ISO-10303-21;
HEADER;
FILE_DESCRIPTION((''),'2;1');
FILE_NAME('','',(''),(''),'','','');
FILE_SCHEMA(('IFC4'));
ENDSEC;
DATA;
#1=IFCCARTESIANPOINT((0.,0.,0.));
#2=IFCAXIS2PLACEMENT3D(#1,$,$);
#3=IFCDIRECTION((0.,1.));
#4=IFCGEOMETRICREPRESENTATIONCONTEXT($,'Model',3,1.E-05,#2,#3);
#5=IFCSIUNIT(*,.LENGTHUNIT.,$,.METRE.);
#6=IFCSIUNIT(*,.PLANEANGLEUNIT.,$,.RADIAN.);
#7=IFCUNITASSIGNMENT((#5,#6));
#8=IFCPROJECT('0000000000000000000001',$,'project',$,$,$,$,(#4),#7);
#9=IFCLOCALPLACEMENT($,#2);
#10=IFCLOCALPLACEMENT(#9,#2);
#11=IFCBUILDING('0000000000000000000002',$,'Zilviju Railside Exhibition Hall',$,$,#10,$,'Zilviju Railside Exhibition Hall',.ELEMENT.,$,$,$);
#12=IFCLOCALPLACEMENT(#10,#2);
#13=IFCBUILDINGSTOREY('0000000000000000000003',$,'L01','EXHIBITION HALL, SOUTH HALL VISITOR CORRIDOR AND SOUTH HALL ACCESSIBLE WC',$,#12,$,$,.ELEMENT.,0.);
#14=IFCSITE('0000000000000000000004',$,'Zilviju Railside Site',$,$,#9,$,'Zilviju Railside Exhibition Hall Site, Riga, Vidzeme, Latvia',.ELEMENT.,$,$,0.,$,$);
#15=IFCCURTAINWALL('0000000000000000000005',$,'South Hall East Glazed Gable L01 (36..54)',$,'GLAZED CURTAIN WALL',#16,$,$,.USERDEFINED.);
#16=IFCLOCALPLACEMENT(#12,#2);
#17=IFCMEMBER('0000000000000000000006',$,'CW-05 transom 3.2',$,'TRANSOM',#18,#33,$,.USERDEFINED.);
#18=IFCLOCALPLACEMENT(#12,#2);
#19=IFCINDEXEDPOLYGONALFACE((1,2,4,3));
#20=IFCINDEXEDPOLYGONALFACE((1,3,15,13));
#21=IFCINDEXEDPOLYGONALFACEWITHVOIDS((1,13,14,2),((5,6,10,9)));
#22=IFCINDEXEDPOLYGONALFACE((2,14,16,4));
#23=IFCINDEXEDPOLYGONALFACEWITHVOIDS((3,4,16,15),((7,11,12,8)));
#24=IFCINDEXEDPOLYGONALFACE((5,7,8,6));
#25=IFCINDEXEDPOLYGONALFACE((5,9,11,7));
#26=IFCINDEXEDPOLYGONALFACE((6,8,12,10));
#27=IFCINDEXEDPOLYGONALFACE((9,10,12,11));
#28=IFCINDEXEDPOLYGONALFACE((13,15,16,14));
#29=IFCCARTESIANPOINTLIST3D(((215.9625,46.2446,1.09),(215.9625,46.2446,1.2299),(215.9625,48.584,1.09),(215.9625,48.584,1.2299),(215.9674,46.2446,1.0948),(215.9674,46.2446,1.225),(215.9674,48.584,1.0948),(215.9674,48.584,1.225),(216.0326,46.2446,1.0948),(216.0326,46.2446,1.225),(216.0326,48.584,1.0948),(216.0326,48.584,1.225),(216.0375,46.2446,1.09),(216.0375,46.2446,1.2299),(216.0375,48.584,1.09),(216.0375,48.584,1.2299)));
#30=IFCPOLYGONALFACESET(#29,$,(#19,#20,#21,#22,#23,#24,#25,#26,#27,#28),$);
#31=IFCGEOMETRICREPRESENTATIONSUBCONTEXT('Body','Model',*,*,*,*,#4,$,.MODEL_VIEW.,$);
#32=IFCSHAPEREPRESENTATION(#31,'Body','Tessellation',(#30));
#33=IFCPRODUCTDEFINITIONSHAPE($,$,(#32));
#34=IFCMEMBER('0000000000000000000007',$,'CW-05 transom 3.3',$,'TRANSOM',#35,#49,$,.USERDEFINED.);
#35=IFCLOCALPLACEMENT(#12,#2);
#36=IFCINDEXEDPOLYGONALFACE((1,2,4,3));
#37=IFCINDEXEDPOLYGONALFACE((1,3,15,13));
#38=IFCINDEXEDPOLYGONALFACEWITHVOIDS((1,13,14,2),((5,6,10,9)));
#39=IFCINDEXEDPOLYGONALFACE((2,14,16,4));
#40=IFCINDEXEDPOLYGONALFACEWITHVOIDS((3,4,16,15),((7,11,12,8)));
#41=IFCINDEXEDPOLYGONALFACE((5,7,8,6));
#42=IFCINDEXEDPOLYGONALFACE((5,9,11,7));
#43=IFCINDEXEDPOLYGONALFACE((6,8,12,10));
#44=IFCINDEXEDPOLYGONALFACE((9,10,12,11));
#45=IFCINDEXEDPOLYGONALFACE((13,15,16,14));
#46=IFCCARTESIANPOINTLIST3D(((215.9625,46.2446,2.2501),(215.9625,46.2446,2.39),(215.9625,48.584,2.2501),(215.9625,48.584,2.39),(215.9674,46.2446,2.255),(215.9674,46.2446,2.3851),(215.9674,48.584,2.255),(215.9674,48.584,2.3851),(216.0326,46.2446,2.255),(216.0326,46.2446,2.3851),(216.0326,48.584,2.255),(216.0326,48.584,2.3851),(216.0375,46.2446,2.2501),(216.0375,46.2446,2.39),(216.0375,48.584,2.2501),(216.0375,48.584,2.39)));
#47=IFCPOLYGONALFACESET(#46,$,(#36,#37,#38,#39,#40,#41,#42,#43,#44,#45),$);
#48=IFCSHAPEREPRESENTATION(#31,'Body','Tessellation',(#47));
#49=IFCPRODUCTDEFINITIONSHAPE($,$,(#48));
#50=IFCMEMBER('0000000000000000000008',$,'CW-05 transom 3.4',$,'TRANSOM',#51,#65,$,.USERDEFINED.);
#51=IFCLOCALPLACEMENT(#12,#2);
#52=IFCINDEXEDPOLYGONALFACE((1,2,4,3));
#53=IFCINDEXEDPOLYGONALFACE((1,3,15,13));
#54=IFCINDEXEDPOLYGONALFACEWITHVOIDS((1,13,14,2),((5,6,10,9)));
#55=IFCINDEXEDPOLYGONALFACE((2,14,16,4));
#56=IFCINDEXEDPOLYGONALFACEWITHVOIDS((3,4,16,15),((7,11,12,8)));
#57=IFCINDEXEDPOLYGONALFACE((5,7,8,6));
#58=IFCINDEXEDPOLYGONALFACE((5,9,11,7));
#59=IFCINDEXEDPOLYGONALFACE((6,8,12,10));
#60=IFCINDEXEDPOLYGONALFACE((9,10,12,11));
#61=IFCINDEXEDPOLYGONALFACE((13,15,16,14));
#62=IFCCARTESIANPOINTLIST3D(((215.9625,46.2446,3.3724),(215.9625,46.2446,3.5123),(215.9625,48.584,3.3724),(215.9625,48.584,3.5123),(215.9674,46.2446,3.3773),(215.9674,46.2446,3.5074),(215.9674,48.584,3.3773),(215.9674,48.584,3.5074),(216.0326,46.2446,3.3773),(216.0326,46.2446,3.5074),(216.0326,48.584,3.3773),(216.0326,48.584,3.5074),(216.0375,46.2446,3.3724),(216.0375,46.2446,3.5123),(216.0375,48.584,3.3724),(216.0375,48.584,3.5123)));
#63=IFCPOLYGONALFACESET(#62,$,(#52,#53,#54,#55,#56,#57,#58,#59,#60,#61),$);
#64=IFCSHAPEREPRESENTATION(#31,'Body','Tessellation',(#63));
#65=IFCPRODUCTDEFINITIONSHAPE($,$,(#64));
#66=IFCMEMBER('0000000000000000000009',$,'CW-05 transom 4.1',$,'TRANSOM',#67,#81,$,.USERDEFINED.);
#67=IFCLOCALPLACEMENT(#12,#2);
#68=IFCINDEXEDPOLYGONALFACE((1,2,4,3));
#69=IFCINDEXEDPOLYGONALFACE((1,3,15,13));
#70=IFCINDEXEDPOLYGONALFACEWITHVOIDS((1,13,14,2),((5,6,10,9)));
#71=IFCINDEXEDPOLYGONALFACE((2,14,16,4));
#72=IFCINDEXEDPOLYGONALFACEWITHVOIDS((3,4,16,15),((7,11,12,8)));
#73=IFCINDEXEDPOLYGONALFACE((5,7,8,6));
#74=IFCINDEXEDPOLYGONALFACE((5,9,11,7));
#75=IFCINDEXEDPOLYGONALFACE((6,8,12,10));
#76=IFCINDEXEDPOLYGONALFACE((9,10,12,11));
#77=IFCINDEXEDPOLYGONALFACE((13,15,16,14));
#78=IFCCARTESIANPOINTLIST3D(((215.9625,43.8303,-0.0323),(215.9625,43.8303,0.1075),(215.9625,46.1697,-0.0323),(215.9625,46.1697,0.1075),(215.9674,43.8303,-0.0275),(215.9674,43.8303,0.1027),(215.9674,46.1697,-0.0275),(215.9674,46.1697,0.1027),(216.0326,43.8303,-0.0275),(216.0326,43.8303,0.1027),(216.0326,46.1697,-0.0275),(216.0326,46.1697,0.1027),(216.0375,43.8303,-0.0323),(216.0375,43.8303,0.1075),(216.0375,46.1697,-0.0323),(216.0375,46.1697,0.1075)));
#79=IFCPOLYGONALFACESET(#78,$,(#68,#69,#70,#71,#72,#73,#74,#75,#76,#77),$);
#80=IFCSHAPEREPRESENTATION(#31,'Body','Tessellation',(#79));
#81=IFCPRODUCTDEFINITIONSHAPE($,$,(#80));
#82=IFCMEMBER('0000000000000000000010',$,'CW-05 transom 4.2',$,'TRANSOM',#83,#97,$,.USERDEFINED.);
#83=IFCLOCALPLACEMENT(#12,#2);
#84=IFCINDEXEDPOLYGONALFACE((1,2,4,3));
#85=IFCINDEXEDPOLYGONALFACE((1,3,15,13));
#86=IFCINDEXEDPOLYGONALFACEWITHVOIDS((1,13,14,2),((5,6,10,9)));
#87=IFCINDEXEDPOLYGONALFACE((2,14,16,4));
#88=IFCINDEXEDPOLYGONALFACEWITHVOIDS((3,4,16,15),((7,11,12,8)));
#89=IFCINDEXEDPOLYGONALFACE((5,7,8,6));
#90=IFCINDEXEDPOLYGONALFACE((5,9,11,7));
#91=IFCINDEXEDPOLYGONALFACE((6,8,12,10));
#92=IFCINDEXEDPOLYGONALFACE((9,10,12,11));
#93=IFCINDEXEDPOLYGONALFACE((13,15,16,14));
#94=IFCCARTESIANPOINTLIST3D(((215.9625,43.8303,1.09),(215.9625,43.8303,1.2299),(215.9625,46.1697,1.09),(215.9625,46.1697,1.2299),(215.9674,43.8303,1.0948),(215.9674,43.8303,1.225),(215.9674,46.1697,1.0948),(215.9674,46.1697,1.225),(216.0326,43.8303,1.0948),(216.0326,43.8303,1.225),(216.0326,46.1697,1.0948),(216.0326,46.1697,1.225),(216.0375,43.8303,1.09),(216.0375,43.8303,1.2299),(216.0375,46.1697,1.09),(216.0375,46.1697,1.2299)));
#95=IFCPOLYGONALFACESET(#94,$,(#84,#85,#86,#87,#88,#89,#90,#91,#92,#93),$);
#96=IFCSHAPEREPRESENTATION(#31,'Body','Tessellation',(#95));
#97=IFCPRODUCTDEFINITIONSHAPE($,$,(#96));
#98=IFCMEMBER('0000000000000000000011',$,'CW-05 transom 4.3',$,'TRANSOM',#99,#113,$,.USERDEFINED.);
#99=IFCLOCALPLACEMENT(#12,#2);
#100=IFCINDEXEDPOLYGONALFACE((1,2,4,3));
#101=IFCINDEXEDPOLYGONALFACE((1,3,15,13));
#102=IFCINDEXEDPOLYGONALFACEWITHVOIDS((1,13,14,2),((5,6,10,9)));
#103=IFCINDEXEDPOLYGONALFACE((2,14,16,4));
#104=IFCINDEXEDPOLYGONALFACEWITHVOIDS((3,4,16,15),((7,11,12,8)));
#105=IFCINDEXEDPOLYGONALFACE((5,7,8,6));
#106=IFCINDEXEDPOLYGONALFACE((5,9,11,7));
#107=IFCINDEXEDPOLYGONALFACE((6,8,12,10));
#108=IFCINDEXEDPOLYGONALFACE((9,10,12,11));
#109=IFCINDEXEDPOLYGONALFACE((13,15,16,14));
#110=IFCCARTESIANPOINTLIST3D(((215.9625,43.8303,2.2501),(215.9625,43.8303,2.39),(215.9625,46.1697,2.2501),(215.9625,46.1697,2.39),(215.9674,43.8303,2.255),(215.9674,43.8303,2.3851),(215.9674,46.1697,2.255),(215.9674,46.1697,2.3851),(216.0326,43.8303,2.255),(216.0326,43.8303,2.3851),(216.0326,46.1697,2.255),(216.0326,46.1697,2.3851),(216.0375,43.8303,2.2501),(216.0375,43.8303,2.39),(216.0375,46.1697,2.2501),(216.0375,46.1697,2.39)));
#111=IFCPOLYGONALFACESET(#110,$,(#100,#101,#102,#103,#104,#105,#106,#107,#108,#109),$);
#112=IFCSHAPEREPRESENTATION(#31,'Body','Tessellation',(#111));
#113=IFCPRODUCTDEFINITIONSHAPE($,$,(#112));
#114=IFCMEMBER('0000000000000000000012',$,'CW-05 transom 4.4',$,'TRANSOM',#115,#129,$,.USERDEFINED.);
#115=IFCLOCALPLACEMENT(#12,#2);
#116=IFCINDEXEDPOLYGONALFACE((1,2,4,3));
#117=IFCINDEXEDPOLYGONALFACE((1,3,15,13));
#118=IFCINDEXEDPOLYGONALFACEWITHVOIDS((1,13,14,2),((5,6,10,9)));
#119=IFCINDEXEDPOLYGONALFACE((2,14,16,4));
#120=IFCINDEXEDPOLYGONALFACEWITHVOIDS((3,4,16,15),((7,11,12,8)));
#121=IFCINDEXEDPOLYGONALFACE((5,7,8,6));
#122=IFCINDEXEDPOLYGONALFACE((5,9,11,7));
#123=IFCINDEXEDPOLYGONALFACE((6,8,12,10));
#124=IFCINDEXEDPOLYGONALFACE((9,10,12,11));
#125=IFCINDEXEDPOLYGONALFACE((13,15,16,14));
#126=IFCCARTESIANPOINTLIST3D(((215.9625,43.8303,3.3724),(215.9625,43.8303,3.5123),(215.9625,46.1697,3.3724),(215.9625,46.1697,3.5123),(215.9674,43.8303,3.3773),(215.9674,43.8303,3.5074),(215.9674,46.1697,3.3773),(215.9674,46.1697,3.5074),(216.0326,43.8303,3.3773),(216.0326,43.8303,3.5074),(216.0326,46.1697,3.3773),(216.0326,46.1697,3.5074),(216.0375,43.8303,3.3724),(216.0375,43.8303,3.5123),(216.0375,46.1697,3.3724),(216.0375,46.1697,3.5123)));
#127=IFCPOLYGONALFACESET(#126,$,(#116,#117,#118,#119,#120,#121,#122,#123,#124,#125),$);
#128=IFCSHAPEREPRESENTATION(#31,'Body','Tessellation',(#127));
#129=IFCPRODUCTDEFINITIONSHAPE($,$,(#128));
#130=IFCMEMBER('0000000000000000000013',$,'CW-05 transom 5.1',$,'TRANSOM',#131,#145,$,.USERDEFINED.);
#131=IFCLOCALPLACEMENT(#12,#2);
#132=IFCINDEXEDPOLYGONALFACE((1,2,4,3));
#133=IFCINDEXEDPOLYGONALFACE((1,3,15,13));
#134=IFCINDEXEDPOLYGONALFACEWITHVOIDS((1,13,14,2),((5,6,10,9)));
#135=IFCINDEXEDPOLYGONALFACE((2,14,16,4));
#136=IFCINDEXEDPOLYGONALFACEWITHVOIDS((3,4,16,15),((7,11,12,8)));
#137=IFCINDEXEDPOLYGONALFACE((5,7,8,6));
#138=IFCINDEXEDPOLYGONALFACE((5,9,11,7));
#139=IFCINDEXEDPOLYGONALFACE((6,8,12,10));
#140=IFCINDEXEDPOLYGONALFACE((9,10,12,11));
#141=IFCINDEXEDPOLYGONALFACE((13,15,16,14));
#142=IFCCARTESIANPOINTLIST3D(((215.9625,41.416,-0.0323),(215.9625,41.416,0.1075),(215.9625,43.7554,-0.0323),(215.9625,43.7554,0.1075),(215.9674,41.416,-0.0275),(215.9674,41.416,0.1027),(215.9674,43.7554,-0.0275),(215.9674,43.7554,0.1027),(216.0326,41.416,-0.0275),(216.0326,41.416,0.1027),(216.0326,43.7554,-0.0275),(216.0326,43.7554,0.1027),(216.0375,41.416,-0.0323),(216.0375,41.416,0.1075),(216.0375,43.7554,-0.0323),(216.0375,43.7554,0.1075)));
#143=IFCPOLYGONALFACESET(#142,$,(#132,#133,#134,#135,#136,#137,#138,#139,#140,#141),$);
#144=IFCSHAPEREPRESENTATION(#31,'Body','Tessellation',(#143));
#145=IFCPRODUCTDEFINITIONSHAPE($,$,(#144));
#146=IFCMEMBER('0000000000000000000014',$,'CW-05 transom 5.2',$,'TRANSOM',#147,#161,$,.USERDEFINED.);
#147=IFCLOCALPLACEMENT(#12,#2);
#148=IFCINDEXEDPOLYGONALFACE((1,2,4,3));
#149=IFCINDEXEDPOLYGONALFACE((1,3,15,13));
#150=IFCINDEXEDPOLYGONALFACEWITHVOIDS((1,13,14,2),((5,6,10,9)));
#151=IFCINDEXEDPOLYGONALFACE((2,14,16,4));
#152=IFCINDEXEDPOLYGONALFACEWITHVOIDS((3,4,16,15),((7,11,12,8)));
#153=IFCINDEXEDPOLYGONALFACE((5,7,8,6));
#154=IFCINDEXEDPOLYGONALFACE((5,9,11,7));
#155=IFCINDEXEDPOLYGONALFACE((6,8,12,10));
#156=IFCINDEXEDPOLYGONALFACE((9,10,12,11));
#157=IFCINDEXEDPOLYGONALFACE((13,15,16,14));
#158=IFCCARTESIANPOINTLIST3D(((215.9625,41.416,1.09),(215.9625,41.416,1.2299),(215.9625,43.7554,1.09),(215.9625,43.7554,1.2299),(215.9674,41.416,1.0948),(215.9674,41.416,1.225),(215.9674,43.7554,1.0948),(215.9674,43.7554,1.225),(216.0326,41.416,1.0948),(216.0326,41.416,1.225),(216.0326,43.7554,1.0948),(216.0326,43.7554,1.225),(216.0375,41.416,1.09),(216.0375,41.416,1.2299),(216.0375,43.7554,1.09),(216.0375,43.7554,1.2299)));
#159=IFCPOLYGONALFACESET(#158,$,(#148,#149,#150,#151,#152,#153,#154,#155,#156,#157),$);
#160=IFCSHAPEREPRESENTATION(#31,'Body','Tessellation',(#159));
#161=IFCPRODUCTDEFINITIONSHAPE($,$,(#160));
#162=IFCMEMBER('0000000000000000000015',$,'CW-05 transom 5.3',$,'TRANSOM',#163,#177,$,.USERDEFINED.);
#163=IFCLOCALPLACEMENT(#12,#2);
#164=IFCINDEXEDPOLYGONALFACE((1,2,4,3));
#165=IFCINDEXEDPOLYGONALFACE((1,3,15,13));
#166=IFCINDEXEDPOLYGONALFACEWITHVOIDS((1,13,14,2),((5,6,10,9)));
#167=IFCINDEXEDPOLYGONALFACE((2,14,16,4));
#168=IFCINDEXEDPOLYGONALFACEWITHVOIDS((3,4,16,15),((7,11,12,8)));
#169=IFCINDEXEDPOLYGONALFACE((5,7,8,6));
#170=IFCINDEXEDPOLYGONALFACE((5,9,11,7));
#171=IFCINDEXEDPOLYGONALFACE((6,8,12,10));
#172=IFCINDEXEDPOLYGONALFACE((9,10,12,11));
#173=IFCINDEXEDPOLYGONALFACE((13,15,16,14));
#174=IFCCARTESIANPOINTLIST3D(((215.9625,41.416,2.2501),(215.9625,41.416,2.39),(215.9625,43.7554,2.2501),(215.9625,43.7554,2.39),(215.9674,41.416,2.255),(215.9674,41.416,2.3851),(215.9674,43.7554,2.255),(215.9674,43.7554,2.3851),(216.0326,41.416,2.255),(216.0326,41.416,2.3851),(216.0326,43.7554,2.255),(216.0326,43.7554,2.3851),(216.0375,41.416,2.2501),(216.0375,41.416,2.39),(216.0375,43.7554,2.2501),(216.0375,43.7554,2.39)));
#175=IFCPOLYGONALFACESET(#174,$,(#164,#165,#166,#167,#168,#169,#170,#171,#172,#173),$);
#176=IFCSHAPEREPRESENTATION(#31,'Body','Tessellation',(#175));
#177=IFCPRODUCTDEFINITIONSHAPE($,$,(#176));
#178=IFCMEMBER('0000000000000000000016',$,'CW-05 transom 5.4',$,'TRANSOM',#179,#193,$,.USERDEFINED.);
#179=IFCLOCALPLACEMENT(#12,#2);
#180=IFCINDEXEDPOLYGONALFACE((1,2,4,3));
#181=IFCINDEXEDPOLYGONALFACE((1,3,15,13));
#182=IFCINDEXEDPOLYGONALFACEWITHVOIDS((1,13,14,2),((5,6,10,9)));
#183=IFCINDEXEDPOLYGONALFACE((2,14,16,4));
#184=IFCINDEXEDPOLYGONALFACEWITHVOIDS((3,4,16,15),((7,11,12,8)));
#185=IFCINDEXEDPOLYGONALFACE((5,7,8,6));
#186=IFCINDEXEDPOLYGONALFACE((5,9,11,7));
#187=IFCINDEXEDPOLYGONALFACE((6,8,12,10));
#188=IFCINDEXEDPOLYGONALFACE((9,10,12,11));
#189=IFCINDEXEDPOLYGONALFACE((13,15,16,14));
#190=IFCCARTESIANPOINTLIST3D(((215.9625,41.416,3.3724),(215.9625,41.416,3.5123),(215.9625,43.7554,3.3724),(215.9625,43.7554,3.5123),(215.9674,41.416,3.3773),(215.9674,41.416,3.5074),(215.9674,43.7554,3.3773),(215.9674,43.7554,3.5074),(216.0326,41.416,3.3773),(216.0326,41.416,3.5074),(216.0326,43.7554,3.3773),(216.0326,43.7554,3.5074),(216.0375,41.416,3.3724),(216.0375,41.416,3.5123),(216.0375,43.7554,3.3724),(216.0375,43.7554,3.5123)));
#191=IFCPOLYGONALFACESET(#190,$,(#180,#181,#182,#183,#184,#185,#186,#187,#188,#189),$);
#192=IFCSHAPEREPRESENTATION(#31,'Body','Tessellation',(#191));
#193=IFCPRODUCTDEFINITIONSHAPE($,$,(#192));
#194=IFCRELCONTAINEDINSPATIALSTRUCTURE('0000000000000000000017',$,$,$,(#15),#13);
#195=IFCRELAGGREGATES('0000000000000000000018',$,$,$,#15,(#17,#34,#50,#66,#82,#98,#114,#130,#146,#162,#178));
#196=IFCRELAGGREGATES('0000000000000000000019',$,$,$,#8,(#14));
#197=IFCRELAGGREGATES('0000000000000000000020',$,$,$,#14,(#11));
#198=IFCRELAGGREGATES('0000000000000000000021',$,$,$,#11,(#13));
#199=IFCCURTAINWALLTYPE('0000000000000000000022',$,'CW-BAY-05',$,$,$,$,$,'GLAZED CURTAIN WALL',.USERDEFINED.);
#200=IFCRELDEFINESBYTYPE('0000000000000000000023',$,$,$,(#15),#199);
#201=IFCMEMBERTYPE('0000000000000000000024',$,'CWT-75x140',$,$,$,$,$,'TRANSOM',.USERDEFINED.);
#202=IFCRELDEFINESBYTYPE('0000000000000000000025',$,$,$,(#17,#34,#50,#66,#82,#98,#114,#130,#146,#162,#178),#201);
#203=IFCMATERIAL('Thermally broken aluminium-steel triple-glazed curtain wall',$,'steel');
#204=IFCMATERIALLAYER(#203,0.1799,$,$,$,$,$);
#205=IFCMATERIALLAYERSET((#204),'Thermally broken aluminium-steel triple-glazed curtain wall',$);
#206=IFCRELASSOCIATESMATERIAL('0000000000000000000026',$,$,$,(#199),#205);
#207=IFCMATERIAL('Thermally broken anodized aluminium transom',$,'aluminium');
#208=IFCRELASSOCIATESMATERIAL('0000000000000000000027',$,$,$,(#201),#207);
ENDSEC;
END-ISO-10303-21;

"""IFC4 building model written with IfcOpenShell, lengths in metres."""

from ifc_helpers import new_model, si_unit, direction, frame, origin, origin_2d, place, context, subcontext, project, spatial, hollow_rectangle, extrude, material, layer, layer_set, material_profile, profile_set, type_object, element, aggregate, save


model = new_model("IFC4")

# Units and contexts
model_context = context("Model", 3, precision=1e-05, world=origin(), true_north=direction((0.0, 1.0)))
body_context = subcontext(model_context, "Body", "Model", "MODEL_VIEW")
ifc_project = project(units=[si_unit("LENGTHUNIT", "METRE"), si_unit("PLANEANGLEUNIT", "RADIAN")], contexts=[model_context])

# Site, building, storey
site_placement = place(None, origin())
site = spatial("IfcSite", under=ifc_project, at=site_placement, Name="Zilviju Railside Site", LongName="Zilviju Railside Exhibition Hall Site, Riga, Vidzeme, Latvia", CompositionType="ELEMENT", RefElevation=0.0)
building_placement = place(site_placement, origin())
building = spatial("IfcBuilding", under=site, at=building_placement, Name="Zilviju Railside Exhibition Hall", LongName="Zilviju Railside Exhibition Hall", CompositionType="ELEMENT")
storey_placement = place(building_placement, origin())
storey = spatial("IfcBuildingStorey", under=building, at=storey_placement, Name="L01", Description="EXHIBITION HALL, SOUTH HALL VISITOR CORRIDOR AND SOUTH HALL ACCESSIBLE WC", CompositionType="ELEMENT", Elevation=0.0)

# Curtain wall, members
ifc_material_1 = material(Name="Thermally broken aluminium-steel triple-glazed curtain wall", Category="steel")
ifc_layer_1 = layer(ifc_material_1, 0.1799)
ifc_layer_set_1 = layer_set([ifc_layer_1], Name="Thermally broken aluminium-steel triple-glazed curtain wall")
curtain_wall_type = type_object("IfcCurtainWallType", Name="CW-BAY-05", ElementType="GLAZED CURTAIN WALL", PredefinedType="USERDEFINED", material=ifc_layer_set_1)
curtain_wall_placement = place(storey_placement, origin())
curtain_wall = element("IfcCurtainWall", 1, at=curtain_wall_placement, inside=storey, type_object=curtain_wall_type, Name="South Hall East Glazed Gable L01 (36..54)", ObjectType="GLAZED CURTAIN WALL", PredefinedType="USERDEFINED")
ifc_material_2 = material(Name="Thermally broken anodized aluminium transom", Category="aluminium")
ifc_material_profile_1 = material_profile(ifc_material_2, hollow_rectangle(XDim=0.075, YDim=0.1399, WallThickness=0.0049, at=origin_2d()), Name="TRANSOM 140x75x5")
ifc_profile_set_1 = profile_set([ifc_material_profile_1], Name="Thermally broken anodized aluminium transom")
member_type_1 = type_object("IfcMemberType", Name="CWT-75x140", ElementType="TRANSOM", PredefinedType="USERDEFINED", material=ifc_profile_set_1)
member_1_placement = place(storey_placement, frame((216.0, 48.584, 1.1599), z_axis=(0.0, -1.0, 0.0), x_axis=(1.0, 0.0, 0.0)))
member_1 = element("IfcMember", 2, at=member_1_placement, type_object=member_type_1, Name="CW-05 transom 3.2", ObjectType="TRANSOM", PredefinedType="USERDEFINED", context=body_context, shape_type="SweptSolid", body=[
    extrude(hollow_rectangle(XDim=0.075, YDim=0.1399, WallThickness=0.0049, at=origin_2d()), origin(), (0.0, 0.0, 1.0), 2.3394),
])
member_2_placement = place(storey_placement, frame((216.0, 48.584, 2.3201), z_axis=(0.0, -1.0, 0.0), x_axis=(1.0, 0.0, 0.0)))
member_2 = element("IfcMember", 3, at=member_2_placement, type_object=member_type_1, Name="CW-05 transom 3.3", ObjectType="TRANSOM", PredefinedType="USERDEFINED", context=body_context, shape_type="SweptSolid", body=[
    extrude(hollow_rectangle(XDim=0.075, YDim=0.1399, WallThickness=0.0049, at=origin_2d()), origin(), (0.0, 0.0, 1.0), 2.3394),
])
member_3_placement = place(storey_placement, frame((216.0, 48.584, 3.4424), z_axis=(0.0, -1.0, 0.0), x_axis=(1.0, 0.0, 0.0)))
member_3 = element("IfcMember", 4, at=member_3_placement, type_object=member_type_1, Name="CW-05 transom 3.4", ObjectType="TRANSOM", PredefinedType="USERDEFINED", context=body_context, shape_type="SweptSolid", body=[
    extrude(hollow_rectangle(XDim=0.075, YDim=0.1399, WallThickness=0.0049, at=origin_2d()), origin(), (0.0, 0.0, 1.0), 2.3394),
])
member_4_placement = place(storey_placement, frame((216.0, 46.1697, 0.0376), z_axis=(0.0, -1.0, 0.0), x_axis=(1.0, 0.0, 0.0)))
member_4 = element("IfcMember", 5, at=member_4_placement, type_object=member_type_1, Name="CW-05 transom 4.1", ObjectType="TRANSOM", PredefinedType="USERDEFINED", context=body_context, shape_type="SweptSolid", body=[
    extrude(hollow_rectangle(XDim=0.075, YDim=0.1399, WallThickness=0.0049, at=origin_2d()), origin(), (0.0, 0.0, 1.0), 2.3394),
])
member_5_placement = place(storey_placement, frame((216.0, 46.1697, 1.1599), z_axis=(0.0, -1.0, 0.0), x_axis=(1.0, 0.0, 0.0)))
member_5 = element("IfcMember", 6, at=member_5_placement, type_object=member_type_1, Name="CW-05 transom 4.2", ObjectType="TRANSOM", PredefinedType="USERDEFINED", context=body_context, shape_type="SweptSolid", body=[
    extrude(hollow_rectangle(XDim=0.075, YDim=0.1399, WallThickness=0.0049, at=origin_2d()), origin(), (0.0, 0.0, 1.0), 2.3394),
])
member_6_placement = place(storey_placement, frame((216.0, 46.1697, 2.3201), z_axis=(0.0, -1.0, 0.0), x_axis=(1.0, 0.0, 0.0)))
member_6 = element("IfcMember", 7, at=member_6_placement, type_object=member_type_1, Name="CW-05 transom 4.3", ObjectType="TRANSOM", PredefinedType="USERDEFINED", context=body_context, shape_type="SweptSolid", body=[
    extrude(hollow_rectangle(XDim=0.075, YDim=0.1399, WallThickness=0.0049, at=origin_2d()), origin(), (0.0, 0.0, 1.0), 2.3394),
])
member_7_placement = place(storey_placement, frame((216.0, 46.1697, 3.4424), z_axis=(0.0, -1.0, 0.0), x_axis=(1.0, 0.0, 0.0)))
member_7 = element("IfcMember", 8, at=member_7_placement, type_object=member_type_1, Name="CW-05 transom 4.4", ObjectType="TRANSOM", PredefinedType="USERDEFINED", context=body_context, shape_type="SweptSolid", body=[
    extrude(hollow_rectangle(XDim=0.075, YDim=0.1399, WallThickness=0.0049, at=origin_2d()), origin(), (0.0, 0.0, 1.0), 2.3394),
])
member_8_placement = place(storey_placement, frame((216.0, 43.7554, 0.0376), z_axis=(0.0, -1.0, 0.0), x_axis=(1.0, 0.0, 0.0)))
member_8 = element("IfcMember", 9, at=member_8_placement, type_object=member_type_1, Name="CW-05 transom 5.1", ObjectType="TRANSOM", PredefinedType="USERDEFINED", context=body_context, shape_type="SweptSolid", body=[
    extrude(hollow_rectangle(XDim=0.075, YDim=0.1399, WallThickness=0.0049, at=origin_2d()), origin(), (0.0, 0.0, 1.0), 2.3394),
])
member_9_placement = place(storey_placement, frame((216.0, 43.7554, 1.1599), z_axis=(0.0, -1.0, 0.0), x_axis=(1.0, 0.0, 0.0)))
member_9 = element("IfcMember", 10, at=member_9_placement, type_object=member_type_1, Name="CW-05 transom 5.2", ObjectType="TRANSOM", PredefinedType="USERDEFINED", context=body_context, shape_type="SweptSolid", body=[
    extrude(hollow_rectangle(XDim=0.075, YDim=0.1399, WallThickness=0.0049, at=origin_2d()), origin(), (0.0, 0.0, 1.0), 2.3394),
])
member_10_placement = place(storey_placement, frame((216.0, 43.7554, 2.3201), z_axis=(0.0, -1.0, 0.0), x_axis=(1.0, 0.0, 0.0)))
member_10 = element("IfcMember", 11, at=member_10_placement, type_object=member_type_1, Name="CW-05 transom 5.3", ObjectType="TRANSOM", PredefinedType="USERDEFINED", context=body_context, shape_type="SweptSolid", body=[
    extrude(hollow_rectangle(XDim=0.075, YDim=0.1399, WallThickness=0.0049, at=origin_2d()), origin(), (0.0, 0.0, 1.0), 2.3394),
])
member_11_placement = place(storey_placement, frame((216.0, 43.7554, 3.4424), z_axis=(0.0, -1.0, 0.0), x_axis=(1.0, 0.0, 0.0)))
member_11 = element("IfcMember", 12, at=member_11_placement, type_object=member_type_1, Name="CW-05 transom 5.4", ObjectType="TRANSOM", PredefinedType="USERDEFINED", context=body_context, shape_type="SweptSolid", body=[
    extrude(hollow_rectangle(XDim=0.075, YDim=0.1399, WallThickness=0.0049, at=origin_2d()), origin(), (0.0, 0.0, 1.0), 2.3394),
])
aggregate(curtain_wall, [member_1, member_2, member_3, member_4, member_5, member_6, member_7, member_8, member_9, member_10, member_11])

save(model, "model.ifc")
